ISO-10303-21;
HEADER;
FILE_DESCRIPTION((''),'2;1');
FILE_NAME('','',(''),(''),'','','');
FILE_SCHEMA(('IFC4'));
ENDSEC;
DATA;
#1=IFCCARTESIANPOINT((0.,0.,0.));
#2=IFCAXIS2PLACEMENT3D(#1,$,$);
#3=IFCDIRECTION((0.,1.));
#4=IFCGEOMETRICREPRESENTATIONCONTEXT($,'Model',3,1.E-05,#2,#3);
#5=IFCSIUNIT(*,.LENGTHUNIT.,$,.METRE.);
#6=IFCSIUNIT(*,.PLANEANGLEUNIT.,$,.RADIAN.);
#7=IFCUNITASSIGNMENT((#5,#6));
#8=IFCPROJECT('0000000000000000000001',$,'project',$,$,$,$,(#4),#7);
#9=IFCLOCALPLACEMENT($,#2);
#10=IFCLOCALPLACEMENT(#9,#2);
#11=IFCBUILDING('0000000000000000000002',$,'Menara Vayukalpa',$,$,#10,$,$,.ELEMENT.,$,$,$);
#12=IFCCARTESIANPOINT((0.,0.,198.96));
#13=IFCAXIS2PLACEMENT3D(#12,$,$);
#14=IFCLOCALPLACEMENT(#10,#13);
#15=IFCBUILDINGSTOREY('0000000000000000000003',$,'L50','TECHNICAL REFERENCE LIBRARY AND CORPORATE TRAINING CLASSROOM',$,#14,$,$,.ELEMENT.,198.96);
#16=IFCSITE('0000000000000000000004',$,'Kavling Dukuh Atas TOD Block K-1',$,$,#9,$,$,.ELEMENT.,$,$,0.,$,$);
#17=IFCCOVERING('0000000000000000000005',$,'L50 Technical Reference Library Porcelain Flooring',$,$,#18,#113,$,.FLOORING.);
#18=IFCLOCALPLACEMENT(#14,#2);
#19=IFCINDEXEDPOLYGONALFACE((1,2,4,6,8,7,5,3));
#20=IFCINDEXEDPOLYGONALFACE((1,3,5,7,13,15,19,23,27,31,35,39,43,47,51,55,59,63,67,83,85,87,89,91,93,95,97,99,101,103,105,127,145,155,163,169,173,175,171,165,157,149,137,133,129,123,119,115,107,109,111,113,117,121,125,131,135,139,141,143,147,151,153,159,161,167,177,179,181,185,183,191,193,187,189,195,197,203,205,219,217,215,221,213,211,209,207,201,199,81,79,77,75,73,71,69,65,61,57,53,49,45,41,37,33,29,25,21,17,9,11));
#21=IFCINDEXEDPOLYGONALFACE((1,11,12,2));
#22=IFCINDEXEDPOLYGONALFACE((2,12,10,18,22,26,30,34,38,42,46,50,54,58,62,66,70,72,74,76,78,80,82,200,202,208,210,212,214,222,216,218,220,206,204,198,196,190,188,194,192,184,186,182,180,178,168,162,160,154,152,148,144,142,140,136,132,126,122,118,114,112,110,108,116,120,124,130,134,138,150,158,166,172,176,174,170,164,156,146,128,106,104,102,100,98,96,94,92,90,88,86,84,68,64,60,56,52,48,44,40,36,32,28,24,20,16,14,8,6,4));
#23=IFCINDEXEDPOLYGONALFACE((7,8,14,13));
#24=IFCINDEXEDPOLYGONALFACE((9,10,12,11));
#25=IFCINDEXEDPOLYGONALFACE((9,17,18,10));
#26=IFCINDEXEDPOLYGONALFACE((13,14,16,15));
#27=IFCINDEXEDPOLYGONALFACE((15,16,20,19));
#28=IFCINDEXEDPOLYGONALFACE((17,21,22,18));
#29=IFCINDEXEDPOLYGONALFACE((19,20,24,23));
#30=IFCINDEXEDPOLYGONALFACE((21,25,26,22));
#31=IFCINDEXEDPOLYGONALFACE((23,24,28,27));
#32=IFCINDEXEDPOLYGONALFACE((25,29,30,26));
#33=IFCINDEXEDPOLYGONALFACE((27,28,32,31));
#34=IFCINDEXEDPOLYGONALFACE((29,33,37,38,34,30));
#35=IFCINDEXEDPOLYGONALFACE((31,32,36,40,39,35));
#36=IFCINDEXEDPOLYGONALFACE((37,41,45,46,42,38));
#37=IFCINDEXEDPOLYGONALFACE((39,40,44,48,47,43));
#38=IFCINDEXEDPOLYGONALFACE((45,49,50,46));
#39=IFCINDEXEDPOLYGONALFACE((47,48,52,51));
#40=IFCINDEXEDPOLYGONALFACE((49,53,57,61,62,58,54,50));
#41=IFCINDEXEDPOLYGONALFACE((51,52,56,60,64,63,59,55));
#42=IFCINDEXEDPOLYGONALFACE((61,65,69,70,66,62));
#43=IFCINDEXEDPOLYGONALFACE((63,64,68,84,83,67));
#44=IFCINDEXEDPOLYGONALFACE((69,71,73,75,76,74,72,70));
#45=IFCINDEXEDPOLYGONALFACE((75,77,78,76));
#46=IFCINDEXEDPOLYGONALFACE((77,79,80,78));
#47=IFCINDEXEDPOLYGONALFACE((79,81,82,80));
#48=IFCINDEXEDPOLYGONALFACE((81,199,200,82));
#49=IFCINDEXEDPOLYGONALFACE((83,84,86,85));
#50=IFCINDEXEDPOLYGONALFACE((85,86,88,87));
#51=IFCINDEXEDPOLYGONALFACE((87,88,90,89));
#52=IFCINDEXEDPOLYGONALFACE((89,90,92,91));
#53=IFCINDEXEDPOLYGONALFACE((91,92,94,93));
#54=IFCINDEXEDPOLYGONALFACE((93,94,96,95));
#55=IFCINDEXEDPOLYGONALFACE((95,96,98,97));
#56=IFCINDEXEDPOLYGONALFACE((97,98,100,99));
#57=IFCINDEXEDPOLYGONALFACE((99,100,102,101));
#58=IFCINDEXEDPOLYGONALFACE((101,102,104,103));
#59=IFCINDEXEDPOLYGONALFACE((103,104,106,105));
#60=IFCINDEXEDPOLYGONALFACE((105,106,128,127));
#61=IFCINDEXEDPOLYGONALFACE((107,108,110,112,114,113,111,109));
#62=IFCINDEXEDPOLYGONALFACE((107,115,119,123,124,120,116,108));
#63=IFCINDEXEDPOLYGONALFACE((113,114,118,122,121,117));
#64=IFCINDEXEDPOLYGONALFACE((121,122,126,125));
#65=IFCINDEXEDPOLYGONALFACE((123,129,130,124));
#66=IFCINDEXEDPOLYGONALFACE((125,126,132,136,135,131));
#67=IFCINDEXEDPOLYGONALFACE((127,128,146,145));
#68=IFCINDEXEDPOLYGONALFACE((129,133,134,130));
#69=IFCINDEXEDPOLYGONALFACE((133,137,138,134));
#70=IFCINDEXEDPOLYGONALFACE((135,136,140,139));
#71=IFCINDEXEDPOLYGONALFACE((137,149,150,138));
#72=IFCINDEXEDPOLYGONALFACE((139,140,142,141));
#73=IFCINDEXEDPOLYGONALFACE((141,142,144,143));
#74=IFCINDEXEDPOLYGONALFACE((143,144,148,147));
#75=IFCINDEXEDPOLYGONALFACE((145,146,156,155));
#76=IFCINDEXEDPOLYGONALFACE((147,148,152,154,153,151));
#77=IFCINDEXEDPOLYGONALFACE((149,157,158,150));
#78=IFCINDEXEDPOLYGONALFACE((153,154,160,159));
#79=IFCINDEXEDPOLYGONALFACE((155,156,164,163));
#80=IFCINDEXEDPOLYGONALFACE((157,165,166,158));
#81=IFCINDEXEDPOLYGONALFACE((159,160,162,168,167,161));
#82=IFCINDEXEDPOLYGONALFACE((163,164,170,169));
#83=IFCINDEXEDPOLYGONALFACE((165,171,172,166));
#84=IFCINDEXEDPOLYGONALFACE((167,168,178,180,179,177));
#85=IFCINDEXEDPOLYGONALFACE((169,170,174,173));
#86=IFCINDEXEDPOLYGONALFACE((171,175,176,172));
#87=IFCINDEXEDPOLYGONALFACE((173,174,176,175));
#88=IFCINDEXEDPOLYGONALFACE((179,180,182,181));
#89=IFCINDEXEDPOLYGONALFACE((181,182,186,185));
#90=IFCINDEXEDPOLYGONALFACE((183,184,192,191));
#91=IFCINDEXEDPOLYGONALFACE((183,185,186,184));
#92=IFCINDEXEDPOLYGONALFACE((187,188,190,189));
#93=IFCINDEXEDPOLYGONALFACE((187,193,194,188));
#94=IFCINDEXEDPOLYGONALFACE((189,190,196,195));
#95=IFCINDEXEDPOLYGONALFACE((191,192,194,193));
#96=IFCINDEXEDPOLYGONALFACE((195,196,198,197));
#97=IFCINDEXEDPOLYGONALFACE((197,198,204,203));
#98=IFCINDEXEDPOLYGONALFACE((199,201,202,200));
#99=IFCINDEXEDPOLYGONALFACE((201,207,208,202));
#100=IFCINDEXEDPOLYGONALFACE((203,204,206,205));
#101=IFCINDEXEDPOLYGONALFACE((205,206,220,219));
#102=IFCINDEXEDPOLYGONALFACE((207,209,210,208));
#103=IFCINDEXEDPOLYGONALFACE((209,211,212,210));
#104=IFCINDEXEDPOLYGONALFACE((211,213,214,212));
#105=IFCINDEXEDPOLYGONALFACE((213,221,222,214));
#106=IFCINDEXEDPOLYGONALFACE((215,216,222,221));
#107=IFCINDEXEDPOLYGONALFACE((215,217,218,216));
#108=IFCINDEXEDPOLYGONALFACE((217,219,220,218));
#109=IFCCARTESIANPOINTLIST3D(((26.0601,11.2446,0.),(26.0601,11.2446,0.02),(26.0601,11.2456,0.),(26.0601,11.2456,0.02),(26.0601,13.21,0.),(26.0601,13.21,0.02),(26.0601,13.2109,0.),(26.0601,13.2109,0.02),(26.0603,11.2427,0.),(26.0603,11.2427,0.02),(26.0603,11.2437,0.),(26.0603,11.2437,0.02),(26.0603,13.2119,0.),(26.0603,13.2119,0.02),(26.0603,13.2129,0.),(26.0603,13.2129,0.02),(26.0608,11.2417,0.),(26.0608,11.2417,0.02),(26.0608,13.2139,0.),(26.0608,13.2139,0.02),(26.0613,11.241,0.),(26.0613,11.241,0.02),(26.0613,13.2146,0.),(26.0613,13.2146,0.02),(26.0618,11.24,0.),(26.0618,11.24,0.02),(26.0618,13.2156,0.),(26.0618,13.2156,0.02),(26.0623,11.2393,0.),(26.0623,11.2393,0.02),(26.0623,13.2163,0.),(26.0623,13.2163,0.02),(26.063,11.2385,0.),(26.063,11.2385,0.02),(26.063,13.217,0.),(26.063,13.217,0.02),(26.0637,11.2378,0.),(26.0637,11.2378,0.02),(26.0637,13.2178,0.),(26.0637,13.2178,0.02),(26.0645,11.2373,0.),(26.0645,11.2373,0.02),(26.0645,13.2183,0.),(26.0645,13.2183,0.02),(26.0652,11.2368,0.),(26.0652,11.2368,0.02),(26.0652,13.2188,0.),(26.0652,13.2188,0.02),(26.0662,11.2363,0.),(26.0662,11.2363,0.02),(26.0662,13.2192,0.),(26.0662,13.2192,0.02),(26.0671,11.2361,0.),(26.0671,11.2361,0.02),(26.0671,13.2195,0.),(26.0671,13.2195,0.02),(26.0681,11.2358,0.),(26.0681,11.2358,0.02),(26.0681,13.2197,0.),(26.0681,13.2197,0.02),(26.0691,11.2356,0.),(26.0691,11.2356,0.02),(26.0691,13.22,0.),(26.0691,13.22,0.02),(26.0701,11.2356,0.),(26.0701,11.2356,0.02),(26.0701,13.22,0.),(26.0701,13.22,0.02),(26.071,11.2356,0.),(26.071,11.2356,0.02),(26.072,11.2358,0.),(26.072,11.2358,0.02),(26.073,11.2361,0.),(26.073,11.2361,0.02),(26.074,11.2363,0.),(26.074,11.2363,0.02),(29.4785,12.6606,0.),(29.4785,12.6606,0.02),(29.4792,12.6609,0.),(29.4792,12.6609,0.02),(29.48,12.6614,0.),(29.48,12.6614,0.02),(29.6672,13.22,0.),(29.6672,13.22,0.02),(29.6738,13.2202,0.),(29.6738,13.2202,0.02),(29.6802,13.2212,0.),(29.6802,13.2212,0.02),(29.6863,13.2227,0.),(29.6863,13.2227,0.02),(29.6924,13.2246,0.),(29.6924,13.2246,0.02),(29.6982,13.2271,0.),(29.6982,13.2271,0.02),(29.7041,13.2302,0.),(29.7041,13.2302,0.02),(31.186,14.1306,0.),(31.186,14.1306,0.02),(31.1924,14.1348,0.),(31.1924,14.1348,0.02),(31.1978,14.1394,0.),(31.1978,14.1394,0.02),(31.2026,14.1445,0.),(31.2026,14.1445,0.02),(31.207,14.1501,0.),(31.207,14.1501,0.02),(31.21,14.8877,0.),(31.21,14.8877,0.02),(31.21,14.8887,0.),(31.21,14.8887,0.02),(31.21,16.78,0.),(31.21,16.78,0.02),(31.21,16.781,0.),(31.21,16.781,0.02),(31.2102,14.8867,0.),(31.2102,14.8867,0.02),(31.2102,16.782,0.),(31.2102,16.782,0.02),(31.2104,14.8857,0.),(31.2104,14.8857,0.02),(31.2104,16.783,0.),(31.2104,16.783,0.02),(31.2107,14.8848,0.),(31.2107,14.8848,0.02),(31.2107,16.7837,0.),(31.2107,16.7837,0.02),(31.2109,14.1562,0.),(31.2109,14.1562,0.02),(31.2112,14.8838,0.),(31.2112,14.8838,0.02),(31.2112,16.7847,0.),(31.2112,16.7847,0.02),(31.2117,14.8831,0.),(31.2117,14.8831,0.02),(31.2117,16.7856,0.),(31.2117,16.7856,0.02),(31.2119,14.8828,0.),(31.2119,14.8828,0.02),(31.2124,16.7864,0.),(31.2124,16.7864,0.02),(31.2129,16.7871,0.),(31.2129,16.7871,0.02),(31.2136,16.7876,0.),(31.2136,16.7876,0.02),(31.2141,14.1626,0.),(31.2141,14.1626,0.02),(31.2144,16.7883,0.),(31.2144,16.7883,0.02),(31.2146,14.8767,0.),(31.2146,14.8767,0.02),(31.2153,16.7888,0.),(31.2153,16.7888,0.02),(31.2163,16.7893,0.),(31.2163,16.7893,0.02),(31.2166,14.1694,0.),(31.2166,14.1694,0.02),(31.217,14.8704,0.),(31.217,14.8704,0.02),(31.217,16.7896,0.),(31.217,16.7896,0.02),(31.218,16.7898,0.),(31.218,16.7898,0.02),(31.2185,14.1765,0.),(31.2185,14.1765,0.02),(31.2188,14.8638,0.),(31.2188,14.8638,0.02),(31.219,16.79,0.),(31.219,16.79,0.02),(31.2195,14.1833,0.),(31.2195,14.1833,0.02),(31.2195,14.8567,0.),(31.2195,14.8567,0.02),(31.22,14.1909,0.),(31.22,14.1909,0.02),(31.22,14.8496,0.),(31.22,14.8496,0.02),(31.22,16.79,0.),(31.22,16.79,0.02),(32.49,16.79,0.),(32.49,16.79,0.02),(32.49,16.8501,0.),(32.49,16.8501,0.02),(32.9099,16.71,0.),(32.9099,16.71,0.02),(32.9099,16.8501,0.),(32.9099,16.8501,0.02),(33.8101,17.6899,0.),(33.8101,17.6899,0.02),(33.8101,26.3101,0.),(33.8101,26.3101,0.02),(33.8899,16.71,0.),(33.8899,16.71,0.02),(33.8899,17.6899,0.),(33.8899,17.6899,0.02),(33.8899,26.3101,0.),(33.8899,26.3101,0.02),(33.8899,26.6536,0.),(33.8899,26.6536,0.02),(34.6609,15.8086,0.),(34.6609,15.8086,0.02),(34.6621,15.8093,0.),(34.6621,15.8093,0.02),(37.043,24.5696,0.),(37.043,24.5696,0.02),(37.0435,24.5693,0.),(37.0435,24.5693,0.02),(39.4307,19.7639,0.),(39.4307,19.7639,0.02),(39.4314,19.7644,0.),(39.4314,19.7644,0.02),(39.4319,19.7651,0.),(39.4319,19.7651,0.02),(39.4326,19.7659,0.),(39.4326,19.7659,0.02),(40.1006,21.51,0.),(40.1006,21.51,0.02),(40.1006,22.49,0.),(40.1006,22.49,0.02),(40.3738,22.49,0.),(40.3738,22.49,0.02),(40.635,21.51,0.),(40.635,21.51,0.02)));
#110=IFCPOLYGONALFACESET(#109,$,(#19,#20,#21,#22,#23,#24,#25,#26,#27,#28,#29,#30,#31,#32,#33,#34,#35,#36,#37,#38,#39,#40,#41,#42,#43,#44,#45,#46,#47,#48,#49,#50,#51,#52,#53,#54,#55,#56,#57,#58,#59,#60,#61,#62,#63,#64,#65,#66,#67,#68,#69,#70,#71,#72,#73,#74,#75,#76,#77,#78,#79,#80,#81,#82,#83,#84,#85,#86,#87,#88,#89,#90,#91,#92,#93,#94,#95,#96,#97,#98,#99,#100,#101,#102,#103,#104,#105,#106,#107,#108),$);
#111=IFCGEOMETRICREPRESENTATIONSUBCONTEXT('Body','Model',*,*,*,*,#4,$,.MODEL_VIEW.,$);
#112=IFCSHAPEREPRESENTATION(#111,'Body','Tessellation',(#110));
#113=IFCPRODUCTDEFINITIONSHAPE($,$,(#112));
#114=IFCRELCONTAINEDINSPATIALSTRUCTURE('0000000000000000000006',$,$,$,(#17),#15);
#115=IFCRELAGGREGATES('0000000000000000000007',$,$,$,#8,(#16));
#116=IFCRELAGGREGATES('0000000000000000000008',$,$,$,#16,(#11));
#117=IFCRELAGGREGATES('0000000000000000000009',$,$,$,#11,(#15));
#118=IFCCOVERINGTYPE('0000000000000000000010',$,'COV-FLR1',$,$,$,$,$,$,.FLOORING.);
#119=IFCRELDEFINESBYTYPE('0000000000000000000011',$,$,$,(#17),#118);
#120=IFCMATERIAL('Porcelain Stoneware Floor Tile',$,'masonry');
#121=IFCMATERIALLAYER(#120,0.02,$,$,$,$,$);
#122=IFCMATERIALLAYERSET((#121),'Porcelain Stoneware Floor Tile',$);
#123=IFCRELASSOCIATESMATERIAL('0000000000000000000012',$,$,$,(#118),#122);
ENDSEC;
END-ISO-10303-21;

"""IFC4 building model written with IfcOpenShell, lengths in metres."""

from ifc_helpers import new_model, si_unit, direction, frame, origin, place, context, subcontext, project, spatial, polyline, outline, extrude, material, layer, layer_set, type_object, element, save


model = new_model("IFC4")

# Units and contexts
model_context = context("Model", 3, precision=1e-05, world=origin(), true_north=direction((0.0, 1.0)))
body_context = subcontext(model_context, "Body", "Model", "MODEL_VIEW")
ifc_project = project(units=[si_unit("LENGTHUNIT", "METRE"), si_unit("PLANEANGLEUNIT", "RADIAN")], contexts=[model_context])

# Site, building, storey
site_placement = place(None, origin())
site = spatial("IfcSite", under=ifc_project, at=site_placement, Name="Kavling Dukuh Atas TOD Block K-1", CompositionType="ELEMENT", RefElevation=0.0)
building_placement = place(site_placement, origin())
building = spatial("IfcBuilding", under=site, at=building_placement, Name="Menara Vayukalpa", CompositionType="ELEMENT")
storey_placement = place(building_placement, frame((0.0, 0.0, 198.96)))
storey = spatial("IfcBuildingStorey", under=building, at=storey_placement, Name="L50", Description="TECHNICAL REFERENCE LIBRARY AND CORPORATE TRAINING CLASSROOM", CompositionType="ELEMENT", Elevation=198.96)

# Covering
ifc_material_1 = material(Name="Porcelain Stoneware Floor Tile", Category="masonry")
ifc_layer_1 = layer(ifc_material_1, 0.02)
ifc_layer_set_1 = layer_set([ifc_layer_1], Name="Porcelain Stoneware Floor Tile")
covering_type_1 = type_object("IfcCoveringType", Name="COV-FLR1", PredefinedType="FLOORING", material=ifc_layer_set_1)
covering_1_placement = place(storey_placement, origin())
element("IfcCovering", 1, at=covering_1_placement, inside=storey, type_object=covering_type_1, Name="L50 Technical Reference Library Porcelain Flooring", PredefinedType="FLOORING", context=body_context, shape_type="SweptSolid", body=[
    extrude(outline(polyline([(33.8101, 26.3101), (33.8899, 26.3101), (33.8899, 26.6536), (37.043, 24.5696), (37.0435, 24.5693), (37.0435, 24.5693), (40.3738, 22.49), (40.1006, 22.49), (40.1006, 21.51), (40.635, 21.51), (39.4326, 19.7659), (39.4319, 19.7651), (39.4314, 19.7644), (39.4307, 19.7639), (34.6621, 15.8093), (34.6609, 15.8086), (29.48, 12.6614), (29.4792, 12.6609), (29.4785, 12.6606), (26.074, 11.2363), (26.073, 11.2361), (26.072, 11.2358), (26.071, 11.2356), (26.0701, 11.2356), (26.0691, 11.2356), (26.0681, 11.2358), (26.0671, 11.2361), (26.0662, 11.2363), (26.0652, 11.2368), (26.0645, 11.2373), (26.0637, 11.2378), (26.063, 11.2385), (26.0623, 11.2393), (26.0618, 11.24), (26.0613, 11.241), (26.0608, 11.2417), (26.0603, 11.2427), (26.0603, 11.2437), (26.0601, 11.2446), (26.0601, 11.2456), (26.0601, 13.21), (26.0601, 13.2109), (26.0603, 13.2119), (26.0603, 13.2129), (26.0608, 13.2139), (26.0613, 13.2146), (26.0618, 13.2156), (26.0623, 13.2163), (26.063, 13.217), (26.0637, 13.2178), (26.0645, 13.2183), (26.0652, 13.2188), (26.0662, 13.2192), (26.0671, 13.2195), (26.0681, 13.2197), (26.0691, 13.22), (26.0701, 13.22), (29.6672, 13.22), (29.6738, 13.2202), (29.6802, 13.2212), (29.6863, 13.2227), (29.6924, 13.2246), (29.6982, 13.2271), (29.7041, 13.2302), (31.186, 14.1306), (31.1924, 14.1348), (31.1978, 14.1394), (31.2026, 14.1445), (31.207, 14.1501), (31.2109, 14.1562), (31.2141, 14.1626), (31.2166, 14.1694), (31.2185, 14.1765), (31.2195, 14.1833), (31.22, 14.1909), (31.22, 14.8496), (31.2195, 14.8567), (31.2188, 14.8638), (31.217, 14.8704), (31.2146, 14.8767), (31.2119, 14.8828), (31.2117, 14.8831), (31.2112, 14.8838), (31.2107, 14.8848), (31.2104, 14.8857), (31.2102, 14.8867), (31.21, 14.8877), (31.21, 14.8887), (31.21, 16.78), (31.21, 16.781), (31.2102, 16.782), (31.2104, 16.783), (31.2107, 16.7837), (31.2112, 16.7847), (31.2117, 16.7856), (31.2124, 16.7864), (31.2129, 16.7871), (31.2136, 16.7876), (31.2144, 16.7883), (31.2153, 16.7888), (31.2163, 16.7893), (31.217, 16.7896), (31.218, 16.7898), (31.219, 16.79), (31.22, 16.79), (32.49, 16.79), (32.49, 16.8501), (32.9099, 16.8501), (32.9099, 16.71), (33.8899, 16.71), (33.8899, 17.6899), (33.8101, 17.6899), (33.8101, 26.3101)])), origin(), (0.0, 0.0, 1.0), 0.02),
])

save(model, "model.ifc")
